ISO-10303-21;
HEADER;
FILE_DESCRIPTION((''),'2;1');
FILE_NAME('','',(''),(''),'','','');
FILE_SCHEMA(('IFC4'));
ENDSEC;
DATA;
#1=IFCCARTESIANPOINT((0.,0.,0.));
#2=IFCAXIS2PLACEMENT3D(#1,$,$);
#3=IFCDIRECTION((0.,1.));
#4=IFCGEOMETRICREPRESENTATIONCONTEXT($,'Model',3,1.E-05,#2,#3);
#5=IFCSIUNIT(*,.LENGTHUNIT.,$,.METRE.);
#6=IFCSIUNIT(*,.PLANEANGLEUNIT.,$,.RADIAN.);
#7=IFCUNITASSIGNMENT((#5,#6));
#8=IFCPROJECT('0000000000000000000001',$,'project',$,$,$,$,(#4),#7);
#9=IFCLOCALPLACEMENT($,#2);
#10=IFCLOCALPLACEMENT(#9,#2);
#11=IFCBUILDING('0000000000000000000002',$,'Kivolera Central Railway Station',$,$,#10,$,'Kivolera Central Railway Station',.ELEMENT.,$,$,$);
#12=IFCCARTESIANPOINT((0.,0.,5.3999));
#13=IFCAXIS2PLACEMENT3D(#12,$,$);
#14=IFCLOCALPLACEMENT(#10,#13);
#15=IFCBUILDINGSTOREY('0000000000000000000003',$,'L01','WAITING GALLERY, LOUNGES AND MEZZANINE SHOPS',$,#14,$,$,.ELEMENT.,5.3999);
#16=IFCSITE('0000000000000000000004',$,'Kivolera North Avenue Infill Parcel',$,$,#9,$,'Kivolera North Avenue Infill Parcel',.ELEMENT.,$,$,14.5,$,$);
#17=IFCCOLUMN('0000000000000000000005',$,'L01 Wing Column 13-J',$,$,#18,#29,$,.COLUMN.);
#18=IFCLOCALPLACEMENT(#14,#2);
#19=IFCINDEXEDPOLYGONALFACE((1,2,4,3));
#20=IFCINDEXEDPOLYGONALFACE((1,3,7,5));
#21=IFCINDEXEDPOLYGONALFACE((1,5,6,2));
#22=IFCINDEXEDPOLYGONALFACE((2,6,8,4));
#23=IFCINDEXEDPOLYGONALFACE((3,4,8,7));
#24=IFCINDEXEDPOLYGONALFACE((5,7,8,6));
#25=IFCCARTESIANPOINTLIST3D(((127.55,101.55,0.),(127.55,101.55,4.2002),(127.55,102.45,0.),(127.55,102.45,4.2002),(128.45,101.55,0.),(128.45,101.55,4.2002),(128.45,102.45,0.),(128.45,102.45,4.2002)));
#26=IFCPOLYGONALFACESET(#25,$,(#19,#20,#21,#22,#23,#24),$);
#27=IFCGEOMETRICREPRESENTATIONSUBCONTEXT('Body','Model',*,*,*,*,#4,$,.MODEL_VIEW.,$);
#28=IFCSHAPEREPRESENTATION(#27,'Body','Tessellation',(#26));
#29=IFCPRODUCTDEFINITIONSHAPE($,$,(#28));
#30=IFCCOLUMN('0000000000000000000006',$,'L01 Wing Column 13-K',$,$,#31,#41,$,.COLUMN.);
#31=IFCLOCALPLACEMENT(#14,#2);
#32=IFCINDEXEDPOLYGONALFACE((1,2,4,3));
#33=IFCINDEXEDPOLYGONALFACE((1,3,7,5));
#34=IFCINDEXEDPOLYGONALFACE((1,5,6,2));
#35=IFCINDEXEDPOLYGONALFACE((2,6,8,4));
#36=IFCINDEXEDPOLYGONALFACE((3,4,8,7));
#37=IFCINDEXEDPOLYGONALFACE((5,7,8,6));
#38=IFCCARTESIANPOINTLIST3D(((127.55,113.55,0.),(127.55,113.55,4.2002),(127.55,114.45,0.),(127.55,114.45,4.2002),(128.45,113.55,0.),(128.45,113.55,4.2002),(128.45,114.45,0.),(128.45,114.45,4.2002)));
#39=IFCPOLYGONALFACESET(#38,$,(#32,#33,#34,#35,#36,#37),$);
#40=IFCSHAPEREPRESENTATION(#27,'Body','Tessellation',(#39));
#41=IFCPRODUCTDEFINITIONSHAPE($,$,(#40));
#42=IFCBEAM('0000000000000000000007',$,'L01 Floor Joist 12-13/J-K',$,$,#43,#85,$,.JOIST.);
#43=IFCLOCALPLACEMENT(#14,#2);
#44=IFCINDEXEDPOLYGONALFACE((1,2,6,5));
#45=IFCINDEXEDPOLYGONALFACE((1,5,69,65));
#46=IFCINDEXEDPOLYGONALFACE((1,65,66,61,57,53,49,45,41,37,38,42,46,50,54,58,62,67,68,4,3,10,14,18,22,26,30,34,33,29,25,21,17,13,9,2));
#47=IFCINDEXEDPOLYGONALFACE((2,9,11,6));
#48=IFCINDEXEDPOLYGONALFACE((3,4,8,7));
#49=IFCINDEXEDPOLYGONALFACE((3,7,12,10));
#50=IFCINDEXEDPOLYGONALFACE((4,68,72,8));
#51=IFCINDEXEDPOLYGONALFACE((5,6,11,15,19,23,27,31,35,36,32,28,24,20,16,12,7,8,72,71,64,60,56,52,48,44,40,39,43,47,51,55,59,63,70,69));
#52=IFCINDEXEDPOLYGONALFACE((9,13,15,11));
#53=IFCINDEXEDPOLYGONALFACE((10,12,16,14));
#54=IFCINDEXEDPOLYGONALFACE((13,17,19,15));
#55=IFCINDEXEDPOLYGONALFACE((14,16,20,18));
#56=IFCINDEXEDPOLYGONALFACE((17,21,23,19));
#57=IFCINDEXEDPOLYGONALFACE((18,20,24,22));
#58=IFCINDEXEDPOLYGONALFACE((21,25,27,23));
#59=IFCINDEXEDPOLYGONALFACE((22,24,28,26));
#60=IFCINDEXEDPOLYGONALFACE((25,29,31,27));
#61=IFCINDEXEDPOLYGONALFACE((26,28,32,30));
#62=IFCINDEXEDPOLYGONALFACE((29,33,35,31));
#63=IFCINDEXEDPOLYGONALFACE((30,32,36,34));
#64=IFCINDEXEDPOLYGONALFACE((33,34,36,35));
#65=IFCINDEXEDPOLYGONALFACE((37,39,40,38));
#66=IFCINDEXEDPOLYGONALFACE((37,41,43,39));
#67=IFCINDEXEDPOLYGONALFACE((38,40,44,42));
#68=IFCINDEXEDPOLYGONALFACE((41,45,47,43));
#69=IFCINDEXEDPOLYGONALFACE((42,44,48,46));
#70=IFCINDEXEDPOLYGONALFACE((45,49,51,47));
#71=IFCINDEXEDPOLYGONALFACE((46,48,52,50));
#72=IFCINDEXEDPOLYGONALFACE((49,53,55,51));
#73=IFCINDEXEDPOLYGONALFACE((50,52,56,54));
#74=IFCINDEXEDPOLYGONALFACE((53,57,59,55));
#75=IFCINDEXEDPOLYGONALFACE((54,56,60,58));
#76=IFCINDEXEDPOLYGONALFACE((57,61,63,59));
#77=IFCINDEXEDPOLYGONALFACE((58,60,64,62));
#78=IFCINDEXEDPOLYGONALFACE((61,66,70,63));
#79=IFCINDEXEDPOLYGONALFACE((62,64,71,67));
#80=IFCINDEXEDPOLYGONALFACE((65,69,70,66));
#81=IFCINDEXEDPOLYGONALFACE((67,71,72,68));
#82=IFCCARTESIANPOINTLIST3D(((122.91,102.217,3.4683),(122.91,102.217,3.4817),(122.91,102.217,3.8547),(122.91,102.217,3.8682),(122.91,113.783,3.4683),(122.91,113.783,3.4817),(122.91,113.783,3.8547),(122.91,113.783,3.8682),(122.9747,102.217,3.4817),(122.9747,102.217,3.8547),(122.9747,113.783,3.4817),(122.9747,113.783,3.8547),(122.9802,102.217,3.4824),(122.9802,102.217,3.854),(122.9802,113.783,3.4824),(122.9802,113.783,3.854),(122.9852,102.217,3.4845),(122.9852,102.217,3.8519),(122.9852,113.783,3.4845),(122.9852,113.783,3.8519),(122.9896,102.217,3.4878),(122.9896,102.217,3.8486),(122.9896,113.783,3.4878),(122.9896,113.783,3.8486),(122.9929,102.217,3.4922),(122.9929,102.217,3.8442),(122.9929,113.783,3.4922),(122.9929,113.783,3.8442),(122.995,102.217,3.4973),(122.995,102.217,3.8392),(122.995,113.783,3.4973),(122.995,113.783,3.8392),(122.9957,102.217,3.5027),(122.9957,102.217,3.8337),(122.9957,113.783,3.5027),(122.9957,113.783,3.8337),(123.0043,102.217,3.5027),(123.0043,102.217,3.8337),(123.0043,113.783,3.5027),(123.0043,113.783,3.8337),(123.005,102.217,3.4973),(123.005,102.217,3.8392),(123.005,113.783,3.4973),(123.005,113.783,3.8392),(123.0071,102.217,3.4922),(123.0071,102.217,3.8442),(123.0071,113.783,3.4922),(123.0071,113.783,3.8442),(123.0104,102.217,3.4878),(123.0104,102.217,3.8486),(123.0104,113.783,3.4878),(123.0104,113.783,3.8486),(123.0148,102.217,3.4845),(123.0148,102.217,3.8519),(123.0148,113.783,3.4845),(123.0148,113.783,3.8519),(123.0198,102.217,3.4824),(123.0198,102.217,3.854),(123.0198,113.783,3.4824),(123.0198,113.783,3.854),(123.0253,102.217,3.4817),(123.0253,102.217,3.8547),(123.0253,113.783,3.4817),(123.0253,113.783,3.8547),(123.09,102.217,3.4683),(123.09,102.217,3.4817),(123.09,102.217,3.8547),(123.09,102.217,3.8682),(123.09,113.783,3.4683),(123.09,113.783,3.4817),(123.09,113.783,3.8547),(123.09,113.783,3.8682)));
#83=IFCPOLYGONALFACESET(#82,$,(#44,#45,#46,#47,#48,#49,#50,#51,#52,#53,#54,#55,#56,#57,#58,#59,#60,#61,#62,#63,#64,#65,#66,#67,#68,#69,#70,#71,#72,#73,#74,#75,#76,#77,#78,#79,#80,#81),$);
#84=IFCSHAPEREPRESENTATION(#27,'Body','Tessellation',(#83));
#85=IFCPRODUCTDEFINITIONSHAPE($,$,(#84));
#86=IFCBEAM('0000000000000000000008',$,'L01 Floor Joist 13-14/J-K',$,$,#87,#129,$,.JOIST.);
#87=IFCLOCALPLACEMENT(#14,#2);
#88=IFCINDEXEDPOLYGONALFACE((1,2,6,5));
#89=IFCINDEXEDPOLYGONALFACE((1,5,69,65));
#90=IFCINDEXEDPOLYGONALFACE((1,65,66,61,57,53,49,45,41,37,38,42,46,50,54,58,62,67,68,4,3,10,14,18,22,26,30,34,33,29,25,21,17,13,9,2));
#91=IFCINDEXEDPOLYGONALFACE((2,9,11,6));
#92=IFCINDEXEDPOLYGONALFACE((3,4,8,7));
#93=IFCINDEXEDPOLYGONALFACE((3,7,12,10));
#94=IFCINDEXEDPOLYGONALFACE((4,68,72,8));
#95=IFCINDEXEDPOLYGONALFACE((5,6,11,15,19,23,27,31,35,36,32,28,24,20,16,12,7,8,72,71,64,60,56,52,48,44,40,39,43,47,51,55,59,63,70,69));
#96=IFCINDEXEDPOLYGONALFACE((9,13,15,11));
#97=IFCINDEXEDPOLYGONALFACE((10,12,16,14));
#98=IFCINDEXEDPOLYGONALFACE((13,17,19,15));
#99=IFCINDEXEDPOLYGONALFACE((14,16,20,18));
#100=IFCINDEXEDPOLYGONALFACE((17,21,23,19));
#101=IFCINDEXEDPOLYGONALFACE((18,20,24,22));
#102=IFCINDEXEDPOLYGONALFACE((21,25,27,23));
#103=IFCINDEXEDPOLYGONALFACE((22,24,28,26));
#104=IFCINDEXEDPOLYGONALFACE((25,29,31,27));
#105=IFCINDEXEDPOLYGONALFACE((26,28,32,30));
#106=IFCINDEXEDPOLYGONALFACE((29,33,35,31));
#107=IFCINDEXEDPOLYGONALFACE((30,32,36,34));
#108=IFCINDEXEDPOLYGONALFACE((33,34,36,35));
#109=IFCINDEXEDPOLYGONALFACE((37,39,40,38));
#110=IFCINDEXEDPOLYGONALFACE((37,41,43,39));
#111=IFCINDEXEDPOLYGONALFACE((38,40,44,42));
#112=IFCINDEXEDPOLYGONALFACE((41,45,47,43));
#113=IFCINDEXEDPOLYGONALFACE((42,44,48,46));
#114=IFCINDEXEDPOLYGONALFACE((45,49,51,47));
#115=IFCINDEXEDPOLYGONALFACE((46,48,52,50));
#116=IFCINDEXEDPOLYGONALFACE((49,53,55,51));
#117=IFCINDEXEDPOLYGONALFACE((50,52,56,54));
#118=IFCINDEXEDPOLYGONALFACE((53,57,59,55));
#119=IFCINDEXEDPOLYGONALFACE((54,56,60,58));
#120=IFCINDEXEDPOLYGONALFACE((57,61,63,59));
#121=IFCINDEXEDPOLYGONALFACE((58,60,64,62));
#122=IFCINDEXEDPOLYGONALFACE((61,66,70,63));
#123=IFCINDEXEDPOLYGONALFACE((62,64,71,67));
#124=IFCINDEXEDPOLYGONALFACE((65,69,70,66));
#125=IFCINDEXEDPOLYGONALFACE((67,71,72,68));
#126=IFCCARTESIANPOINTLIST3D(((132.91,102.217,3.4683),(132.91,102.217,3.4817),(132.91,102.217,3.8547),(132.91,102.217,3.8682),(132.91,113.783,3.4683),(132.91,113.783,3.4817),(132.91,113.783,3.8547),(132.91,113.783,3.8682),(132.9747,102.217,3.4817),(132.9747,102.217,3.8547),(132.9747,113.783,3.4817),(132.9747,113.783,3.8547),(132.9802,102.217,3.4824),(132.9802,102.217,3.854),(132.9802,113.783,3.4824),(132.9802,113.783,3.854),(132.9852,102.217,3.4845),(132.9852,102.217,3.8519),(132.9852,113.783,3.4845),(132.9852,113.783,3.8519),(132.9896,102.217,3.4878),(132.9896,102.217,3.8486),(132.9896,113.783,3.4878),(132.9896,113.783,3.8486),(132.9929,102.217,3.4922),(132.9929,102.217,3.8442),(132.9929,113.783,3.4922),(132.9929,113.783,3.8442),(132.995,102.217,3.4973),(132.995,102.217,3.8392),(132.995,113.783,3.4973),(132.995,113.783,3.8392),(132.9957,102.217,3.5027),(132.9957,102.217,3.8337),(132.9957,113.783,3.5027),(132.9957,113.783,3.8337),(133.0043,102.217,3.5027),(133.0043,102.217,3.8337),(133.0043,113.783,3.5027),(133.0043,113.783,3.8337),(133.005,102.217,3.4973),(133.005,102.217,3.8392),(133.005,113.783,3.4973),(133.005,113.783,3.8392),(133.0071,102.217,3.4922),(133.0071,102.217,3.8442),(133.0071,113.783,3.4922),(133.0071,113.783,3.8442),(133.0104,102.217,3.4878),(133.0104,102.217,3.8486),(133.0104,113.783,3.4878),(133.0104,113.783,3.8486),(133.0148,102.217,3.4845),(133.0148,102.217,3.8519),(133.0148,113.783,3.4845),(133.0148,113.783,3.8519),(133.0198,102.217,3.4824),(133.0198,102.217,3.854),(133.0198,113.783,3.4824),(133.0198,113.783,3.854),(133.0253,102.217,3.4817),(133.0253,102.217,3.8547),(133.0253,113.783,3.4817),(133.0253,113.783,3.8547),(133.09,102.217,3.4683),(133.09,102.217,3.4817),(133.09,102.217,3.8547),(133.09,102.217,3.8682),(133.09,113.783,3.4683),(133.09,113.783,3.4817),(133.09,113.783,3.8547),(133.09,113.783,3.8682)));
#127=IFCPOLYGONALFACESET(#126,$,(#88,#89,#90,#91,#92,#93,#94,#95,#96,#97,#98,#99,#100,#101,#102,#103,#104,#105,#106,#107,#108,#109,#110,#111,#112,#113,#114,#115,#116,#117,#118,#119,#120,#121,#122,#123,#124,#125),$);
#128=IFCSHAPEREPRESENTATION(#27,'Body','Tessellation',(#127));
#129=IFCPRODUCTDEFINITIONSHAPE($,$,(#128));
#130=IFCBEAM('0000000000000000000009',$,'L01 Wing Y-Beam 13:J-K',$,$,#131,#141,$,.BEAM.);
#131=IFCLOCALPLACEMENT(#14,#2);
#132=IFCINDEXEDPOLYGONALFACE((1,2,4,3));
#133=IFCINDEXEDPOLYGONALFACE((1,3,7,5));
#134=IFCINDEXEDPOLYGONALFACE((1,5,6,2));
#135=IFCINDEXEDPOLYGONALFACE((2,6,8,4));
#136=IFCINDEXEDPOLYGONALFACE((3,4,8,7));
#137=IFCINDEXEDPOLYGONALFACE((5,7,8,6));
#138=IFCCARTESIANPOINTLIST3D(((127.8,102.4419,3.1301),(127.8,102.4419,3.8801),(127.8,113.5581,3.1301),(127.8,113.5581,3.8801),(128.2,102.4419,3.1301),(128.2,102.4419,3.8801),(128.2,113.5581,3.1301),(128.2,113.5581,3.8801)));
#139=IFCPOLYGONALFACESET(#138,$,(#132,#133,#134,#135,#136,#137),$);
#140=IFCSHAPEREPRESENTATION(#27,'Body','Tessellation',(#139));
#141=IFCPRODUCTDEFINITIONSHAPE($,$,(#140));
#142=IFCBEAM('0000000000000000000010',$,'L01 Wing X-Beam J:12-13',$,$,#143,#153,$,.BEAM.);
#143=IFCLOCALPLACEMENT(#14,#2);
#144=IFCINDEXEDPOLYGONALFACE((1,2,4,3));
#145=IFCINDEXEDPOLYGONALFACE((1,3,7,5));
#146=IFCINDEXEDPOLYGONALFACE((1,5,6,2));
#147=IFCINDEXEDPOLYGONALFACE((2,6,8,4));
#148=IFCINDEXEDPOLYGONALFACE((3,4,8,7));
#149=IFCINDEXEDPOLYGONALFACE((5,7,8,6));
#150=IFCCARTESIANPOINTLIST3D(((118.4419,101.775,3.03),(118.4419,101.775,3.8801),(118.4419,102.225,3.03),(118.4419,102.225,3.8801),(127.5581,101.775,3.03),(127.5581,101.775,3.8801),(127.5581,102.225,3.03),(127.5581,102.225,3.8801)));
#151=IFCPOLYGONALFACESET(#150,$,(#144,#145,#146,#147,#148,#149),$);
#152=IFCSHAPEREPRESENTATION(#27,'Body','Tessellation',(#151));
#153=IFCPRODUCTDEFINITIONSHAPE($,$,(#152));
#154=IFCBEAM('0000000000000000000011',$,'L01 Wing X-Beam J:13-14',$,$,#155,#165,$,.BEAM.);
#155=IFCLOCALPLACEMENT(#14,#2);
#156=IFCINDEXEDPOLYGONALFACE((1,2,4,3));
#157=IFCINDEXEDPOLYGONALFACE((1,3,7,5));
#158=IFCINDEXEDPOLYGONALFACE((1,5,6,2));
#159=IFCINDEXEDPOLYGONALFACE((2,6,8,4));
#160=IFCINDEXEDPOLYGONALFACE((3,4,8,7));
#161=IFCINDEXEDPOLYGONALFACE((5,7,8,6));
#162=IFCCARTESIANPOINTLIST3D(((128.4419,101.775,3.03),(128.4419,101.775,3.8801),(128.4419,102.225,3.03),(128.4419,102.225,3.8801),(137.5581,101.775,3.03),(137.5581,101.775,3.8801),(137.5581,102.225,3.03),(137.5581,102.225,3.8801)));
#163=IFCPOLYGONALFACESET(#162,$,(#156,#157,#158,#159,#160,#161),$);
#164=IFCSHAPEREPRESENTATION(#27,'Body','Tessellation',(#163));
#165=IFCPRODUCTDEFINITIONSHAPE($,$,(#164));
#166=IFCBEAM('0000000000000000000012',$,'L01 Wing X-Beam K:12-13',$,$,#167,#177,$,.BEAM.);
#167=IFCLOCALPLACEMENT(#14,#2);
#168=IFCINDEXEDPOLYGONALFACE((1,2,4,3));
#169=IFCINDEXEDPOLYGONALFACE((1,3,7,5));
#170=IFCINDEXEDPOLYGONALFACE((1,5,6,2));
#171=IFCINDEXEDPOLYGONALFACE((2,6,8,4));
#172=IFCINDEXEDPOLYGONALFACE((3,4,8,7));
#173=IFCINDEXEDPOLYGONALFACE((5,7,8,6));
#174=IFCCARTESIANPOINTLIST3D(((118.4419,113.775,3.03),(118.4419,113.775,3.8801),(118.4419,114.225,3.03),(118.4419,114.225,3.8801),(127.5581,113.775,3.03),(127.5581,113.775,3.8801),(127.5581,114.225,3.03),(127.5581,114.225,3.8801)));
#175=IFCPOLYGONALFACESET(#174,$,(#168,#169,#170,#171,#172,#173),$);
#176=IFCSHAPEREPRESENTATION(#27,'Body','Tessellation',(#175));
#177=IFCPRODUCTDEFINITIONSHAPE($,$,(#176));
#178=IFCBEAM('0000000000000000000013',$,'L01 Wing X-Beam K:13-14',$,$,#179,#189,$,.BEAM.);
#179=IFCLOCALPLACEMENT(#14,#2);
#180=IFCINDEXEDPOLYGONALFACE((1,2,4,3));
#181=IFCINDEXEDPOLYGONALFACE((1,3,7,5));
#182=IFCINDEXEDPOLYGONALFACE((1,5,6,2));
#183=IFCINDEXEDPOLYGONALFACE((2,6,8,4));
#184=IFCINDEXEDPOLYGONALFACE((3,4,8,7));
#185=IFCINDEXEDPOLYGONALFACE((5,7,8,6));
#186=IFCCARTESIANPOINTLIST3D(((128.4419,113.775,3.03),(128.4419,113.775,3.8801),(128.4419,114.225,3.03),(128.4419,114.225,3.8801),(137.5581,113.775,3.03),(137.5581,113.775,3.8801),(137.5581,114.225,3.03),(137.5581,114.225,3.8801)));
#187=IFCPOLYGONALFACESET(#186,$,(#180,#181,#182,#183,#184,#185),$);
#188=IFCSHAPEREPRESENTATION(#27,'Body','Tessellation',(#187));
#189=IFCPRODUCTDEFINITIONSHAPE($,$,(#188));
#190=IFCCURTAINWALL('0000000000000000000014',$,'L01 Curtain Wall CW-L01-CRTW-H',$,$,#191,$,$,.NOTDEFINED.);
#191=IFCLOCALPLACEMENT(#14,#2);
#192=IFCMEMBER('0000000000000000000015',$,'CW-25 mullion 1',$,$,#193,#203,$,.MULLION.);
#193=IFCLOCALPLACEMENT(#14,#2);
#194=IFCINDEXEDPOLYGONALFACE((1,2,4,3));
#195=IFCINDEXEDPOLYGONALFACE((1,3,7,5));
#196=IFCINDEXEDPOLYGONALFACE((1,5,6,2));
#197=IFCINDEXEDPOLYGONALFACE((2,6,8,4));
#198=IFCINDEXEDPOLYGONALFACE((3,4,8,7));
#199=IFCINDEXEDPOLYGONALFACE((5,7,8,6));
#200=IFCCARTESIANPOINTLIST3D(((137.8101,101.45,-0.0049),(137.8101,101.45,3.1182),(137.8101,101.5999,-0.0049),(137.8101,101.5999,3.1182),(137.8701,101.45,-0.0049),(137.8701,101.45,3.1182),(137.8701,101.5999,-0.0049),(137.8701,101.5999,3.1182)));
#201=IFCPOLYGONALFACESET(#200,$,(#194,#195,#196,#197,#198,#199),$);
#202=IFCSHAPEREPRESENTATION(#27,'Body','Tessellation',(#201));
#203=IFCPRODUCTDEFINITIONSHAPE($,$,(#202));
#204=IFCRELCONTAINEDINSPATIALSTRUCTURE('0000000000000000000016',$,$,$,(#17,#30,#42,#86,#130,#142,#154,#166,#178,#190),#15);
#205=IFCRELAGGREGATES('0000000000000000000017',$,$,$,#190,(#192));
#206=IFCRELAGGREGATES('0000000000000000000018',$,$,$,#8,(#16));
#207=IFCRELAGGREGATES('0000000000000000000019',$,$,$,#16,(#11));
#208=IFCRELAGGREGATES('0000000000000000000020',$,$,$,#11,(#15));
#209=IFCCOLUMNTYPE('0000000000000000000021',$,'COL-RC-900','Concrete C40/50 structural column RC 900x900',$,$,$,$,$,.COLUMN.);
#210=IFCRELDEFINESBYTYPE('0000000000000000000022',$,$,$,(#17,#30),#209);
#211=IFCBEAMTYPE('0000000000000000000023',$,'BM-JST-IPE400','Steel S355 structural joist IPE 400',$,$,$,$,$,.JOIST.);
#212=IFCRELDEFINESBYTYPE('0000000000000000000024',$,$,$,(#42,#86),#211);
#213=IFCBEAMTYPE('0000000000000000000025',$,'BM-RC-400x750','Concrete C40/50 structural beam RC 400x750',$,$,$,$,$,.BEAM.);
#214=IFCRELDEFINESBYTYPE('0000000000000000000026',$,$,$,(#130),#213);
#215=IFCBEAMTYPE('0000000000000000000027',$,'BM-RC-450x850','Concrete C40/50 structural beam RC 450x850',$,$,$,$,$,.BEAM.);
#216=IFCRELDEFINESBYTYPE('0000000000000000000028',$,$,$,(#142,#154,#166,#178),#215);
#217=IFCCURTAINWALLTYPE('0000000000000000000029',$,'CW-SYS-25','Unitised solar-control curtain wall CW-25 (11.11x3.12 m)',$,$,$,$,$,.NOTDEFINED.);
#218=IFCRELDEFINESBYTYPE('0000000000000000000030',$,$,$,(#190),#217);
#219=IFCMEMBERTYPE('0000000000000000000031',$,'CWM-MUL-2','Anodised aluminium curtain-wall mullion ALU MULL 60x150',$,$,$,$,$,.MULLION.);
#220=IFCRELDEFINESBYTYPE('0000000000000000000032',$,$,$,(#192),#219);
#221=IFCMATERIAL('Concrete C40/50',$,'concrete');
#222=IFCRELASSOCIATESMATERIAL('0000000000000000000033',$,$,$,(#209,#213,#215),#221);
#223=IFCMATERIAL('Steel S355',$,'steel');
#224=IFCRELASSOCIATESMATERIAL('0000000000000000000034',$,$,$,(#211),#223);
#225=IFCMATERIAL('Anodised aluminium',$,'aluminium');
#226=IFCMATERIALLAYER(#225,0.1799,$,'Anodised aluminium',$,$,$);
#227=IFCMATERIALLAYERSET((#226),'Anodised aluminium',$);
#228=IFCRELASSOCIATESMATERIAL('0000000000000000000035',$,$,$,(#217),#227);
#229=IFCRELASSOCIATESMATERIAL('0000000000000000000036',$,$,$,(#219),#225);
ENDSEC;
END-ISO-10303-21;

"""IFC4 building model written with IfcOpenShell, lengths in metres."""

from ifc_helpers import new_model, si_unit, direction, frame, origin, origin_2d, place, context, subcontext, project, spatial, rectangle, i_section, extrude, material, layer, layer_set, material_profile, profile_set, type_object, element, aggregate, save


model = new_model("IFC4")

# Units and contexts
model_context = context("Model", 3, precision=1e-05, world=origin(), true_north=direction((0.0, 1.0)))
body_context = subcontext(model_context, "Body", "Model", "MODEL_VIEW")
ifc_project = project(units=[si_unit("LENGTHUNIT", "METRE"), si_unit("PLANEANGLEUNIT", "RADIAN")], contexts=[model_context])

# Site, building, storey
site_placement = place(None, origin())
site = spatial("IfcSite", under=ifc_project, at=site_placement, Name="Kivolera North Avenue Infill Parcel", LongName="Kivolera North Avenue Infill Parcel", CompositionType="ELEMENT", RefElevation=14.5)
building_placement = place(site_placement, origin())
building = spatial("IfcBuilding", under=site, at=building_placement, Name="Kivolera Central Railway Station", LongName="Kivolera Central Railway Station", CompositionType="ELEMENT")
storey_placement = place(building_placement, frame((0.0, 0.0, 5.3999)))
storey = spatial("IfcBuildingStorey", under=building, at=storey_placement, Name="L01", Description="WAITING GALLERY, LOUNGES AND MEZZANINE SHOPS", CompositionType="ELEMENT", Elevation=5.3999)

# Columns
ifc_material_1 = material(Name="Concrete C40/50", Category="concrete")
ifc_material_profile_1 = material_profile(ifc_material_1, rectangle(XDim=0.8999, YDim=0.8999, at=origin_2d()), Name="RC 900x900")
ifc_profile_set_1 = profile_set([ifc_material_profile_1], Name="Concrete C40/50")
column_type = type_object("IfcColumnType", Name="COL-RC-900", Description="Concrete C40/50 structural column RC 900x900", PredefinedType="COLUMN", material=ifc_profile_set_1)
for number, where, z_axis, x_axis, name in (
    (1, (128.0, 102.0, 0.0), (0.0, 0.0, 1.0), (1.0, 0.0, 0.0), "L01 Wing Column 13-J"),
    (2, (128.0, 114.0, 0.0), (0.0, 0.0, 1.0), (1.0, 0.0, 0.0), "L01 Wing Column 13-K"),
):
    element("IfcColumn", number, at=place(storey_placement, frame(where, z_axis=z_axis, x_axis=x_axis)), inside=storey, type_object=column_type, Name=name, PredefinedType="COLUMN", context=body_context, shape_type="SweptSolid", body=[
        extrude(rectangle(XDim=0.8999, YDim=0.8999, at=origin_2d()), origin(), (0.0, 0.0, 1.0), 4.2002),
    ])

# Beams
ifc_material_2 = material(Name="Steel S355", Category="steel")
ifc_material_profile_2 = material_profile(ifc_material_2, i_section(OverallWidth=0.1799, OverallDepth=0.3999, WebThickness=0.0085, FlangeThickness=0.0134, FilletRadius=0.021, at=origin_2d()), Name="IPE 400")
ifc_profile_set_2 = profile_set([ifc_material_profile_2], Name="Steel S355")
beam_type_1 = type_object("IfcBeamType", Name="BM-JST-IPE400", Description="Steel S355 structural joist IPE 400", PredefinedType="JOIST", material=ifc_profile_set_2)
for number, where, z_axis, x_axis, name in (
    (3, (123.0, 102.217, 3.6682), (0.0, 1.0, 0.0), (-1.0, 0.0, 0.0), "L01 Floor Joist 12-13/J-K"),
    (4, (133.0, 102.217, 3.6682), (0.0, 1.0, 0.0), (-1.0, 0.0, 0.0), "L01 Floor Joist 13-14/J-K"),
):
    element("IfcBeam", number, at=place(storey_placement, frame(where, z_axis=z_axis, x_axis=x_axis)), inside=storey, type_object=beam_type_1, Name=name, PredefinedType="JOIST", context=body_context, shape_type="SweptSolid", body=[
        extrude(i_section(OverallWidth=0.1799, OverallDepth=0.3999, WebThickness=0.0085, FlangeThickness=0.0134, FilletRadius=0.021, at=origin_2d()), origin(), (0.0, 0.0, 1.0), 11.5659),
    ])
ifc_material_profile_3 = material_profile(ifc_material_1, rectangle(XDim=0.3999, YDim=0.75, at=origin_2d()), Name="RC 400x750")
ifc_profile_set_3 = profile_set([ifc_material_profile_3], Name="Concrete C40/50")
beam_type_2 = type_object("IfcBeamType", Name="BM-RC-400x750", Description="Concrete C40/50 structural beam RC 400x750", PredefinedType="BEAM", material=ifc_profile_set_3)
beam_placement = place(storey_placement, frame((128.0, 102.4419, 3.5051), z_axis=(0.0, 1.0, 0.0), x_axis=(-1.0, 0.0, 0.0)))
element("IfcBeam", 5, at=beam_placement, inside=storey, type_object=beam_type_2, Name="L01 Wing Y-Beam 13:J-K", PredefinedType="BEAM", context=body_context, shape_type="SweptSolid", body=[
    extrude(rectangle(XDim=0.3999, YDim=0.75, at=origin_2d()), origin(), (0.0, 0.0, 1.0), 11.1162),
])
ifc_material_profile_4 = material_profile(ifc_material_1, rectangle(XDim=0.45, YDim=0.8501, at=origin_2d()), Name="RC 450x850")
ifc_profile_set_4 = profile_set([ifc_material_profile_4], Name="Concrete C40/50")
beam_type_3 = type_object("IfcBeamType", Name="BM-RC-450x850", Description="Concrete C40/50 structural beam RC 450x850", PredefinedType="BEAM", material=ifc_profile_set_4)
for number, where, z_axis, x_axis, name in (
    (6, (118.4419, 102.0, 3.4551), (1.0, 0.0, 0.0), (0.0, 1.0, 0.0), "L01 Wing X-Beam J:12-13"),
    (7, (128.4419, 102.0, 3.4551), (1.0, 0.0, 0.0), (0.0, 1.0, 0.0), "L01 Wing X-Beam J:13-14"),
    (8, (118.4419, 114.0, 3.4551), (1.0, 0.0, 0.0), (0.0, 1.0, 0.0), "L01 Wing X-Beam K:12-13"),
    (9, (128.4419, 114.0, 3.4551), (1.0, 0.0, 0.0), (0.0, 1.0, 0.0), "L01 Wing X-Beam K:13-14"),
):
    element("IfcBeam", number, at=place(storey_placement, frame(where, z_axis=z_axis, x_axis=x_axis)), inside=storey, type_object=beam_type_3, Name=name, PredefinedType="BEAM", context=body_context, shape_type="SweptSolid", body=[
        extrude(rectangle(XDim=0.45, YDim=0.8501, at=origin_2d()), origin(), (0.0, 0.0, 1.0), 9.1162),
    ])

# Curtain wall, member
ifc_material_3 = material(Name="Anodised aluminium", Category="aluminium")
ifc_layer_1 = layer(ifc_material_3, 0.1799, Name="Anodised aluminium")
ifc_layer_set_1 = layer_set([ifc_layer_1], Name="Anodised aluminium")
curtain_wall_type = type_object("IfcCurtainWallType", Name="CW-SYS-25", Description="Unitised solar-control curtain wall CW-25 (11.11x3.12 m)", PredefinedType="NOTDEFINED", material=ifc_layer_set_1)
curtain_wall_1_placement = place(storey_placement, origin())
curtain_wall_1 = element("IfcCurtainWall", 10, at=curtain_wall_1_placement, inside=storey, type_object=curtain_wall_type, Name="L01 Curtain Wall CW-L01-CRTW-H", PredefinedType="NOTDEFINED")
ifc_material_profile_5 = material_profile(ifc_material_3, rectangle(XDim=0.0601, YDim=0.1499, at=origin_2d()), Name="ALU MULL 60x150")
ifc_profile_set_5 = profile_set([ifc_material_profile_5], Name="Anodised aluminium")
member_type_1 = type_object("IfcMemberType", Name="CWM-MUL-2", Description="Anodised aluminium curtain-wall mullion ALU MULL 60x150", PredefinedType="MULLION", material=ifc_profile_set_5)
member_1_placement = place(storey_placement, frame((137.8401, 101.5249, -0.0049), z_axis=(0.0, 0.0, 1.0), x_axis=(1.0, 0.0, 0.0)))
member_1 = element("IfcMember", 11, at=member_1_placement, type_object=member_type_1, Name="CW-25 mullion 1", PredefinedType="MULLION", context=body_context, shape_type="SweptSolid", body=[
    extrude(rectangle(XDim=0.0601, YDim=0.1499, at=origin_2d()), origin(), (0.0, 0.0, 1.0), 3.123),
])

aggregate(curtain_wall_1, [member_1])

save(model, "model.ifc")
